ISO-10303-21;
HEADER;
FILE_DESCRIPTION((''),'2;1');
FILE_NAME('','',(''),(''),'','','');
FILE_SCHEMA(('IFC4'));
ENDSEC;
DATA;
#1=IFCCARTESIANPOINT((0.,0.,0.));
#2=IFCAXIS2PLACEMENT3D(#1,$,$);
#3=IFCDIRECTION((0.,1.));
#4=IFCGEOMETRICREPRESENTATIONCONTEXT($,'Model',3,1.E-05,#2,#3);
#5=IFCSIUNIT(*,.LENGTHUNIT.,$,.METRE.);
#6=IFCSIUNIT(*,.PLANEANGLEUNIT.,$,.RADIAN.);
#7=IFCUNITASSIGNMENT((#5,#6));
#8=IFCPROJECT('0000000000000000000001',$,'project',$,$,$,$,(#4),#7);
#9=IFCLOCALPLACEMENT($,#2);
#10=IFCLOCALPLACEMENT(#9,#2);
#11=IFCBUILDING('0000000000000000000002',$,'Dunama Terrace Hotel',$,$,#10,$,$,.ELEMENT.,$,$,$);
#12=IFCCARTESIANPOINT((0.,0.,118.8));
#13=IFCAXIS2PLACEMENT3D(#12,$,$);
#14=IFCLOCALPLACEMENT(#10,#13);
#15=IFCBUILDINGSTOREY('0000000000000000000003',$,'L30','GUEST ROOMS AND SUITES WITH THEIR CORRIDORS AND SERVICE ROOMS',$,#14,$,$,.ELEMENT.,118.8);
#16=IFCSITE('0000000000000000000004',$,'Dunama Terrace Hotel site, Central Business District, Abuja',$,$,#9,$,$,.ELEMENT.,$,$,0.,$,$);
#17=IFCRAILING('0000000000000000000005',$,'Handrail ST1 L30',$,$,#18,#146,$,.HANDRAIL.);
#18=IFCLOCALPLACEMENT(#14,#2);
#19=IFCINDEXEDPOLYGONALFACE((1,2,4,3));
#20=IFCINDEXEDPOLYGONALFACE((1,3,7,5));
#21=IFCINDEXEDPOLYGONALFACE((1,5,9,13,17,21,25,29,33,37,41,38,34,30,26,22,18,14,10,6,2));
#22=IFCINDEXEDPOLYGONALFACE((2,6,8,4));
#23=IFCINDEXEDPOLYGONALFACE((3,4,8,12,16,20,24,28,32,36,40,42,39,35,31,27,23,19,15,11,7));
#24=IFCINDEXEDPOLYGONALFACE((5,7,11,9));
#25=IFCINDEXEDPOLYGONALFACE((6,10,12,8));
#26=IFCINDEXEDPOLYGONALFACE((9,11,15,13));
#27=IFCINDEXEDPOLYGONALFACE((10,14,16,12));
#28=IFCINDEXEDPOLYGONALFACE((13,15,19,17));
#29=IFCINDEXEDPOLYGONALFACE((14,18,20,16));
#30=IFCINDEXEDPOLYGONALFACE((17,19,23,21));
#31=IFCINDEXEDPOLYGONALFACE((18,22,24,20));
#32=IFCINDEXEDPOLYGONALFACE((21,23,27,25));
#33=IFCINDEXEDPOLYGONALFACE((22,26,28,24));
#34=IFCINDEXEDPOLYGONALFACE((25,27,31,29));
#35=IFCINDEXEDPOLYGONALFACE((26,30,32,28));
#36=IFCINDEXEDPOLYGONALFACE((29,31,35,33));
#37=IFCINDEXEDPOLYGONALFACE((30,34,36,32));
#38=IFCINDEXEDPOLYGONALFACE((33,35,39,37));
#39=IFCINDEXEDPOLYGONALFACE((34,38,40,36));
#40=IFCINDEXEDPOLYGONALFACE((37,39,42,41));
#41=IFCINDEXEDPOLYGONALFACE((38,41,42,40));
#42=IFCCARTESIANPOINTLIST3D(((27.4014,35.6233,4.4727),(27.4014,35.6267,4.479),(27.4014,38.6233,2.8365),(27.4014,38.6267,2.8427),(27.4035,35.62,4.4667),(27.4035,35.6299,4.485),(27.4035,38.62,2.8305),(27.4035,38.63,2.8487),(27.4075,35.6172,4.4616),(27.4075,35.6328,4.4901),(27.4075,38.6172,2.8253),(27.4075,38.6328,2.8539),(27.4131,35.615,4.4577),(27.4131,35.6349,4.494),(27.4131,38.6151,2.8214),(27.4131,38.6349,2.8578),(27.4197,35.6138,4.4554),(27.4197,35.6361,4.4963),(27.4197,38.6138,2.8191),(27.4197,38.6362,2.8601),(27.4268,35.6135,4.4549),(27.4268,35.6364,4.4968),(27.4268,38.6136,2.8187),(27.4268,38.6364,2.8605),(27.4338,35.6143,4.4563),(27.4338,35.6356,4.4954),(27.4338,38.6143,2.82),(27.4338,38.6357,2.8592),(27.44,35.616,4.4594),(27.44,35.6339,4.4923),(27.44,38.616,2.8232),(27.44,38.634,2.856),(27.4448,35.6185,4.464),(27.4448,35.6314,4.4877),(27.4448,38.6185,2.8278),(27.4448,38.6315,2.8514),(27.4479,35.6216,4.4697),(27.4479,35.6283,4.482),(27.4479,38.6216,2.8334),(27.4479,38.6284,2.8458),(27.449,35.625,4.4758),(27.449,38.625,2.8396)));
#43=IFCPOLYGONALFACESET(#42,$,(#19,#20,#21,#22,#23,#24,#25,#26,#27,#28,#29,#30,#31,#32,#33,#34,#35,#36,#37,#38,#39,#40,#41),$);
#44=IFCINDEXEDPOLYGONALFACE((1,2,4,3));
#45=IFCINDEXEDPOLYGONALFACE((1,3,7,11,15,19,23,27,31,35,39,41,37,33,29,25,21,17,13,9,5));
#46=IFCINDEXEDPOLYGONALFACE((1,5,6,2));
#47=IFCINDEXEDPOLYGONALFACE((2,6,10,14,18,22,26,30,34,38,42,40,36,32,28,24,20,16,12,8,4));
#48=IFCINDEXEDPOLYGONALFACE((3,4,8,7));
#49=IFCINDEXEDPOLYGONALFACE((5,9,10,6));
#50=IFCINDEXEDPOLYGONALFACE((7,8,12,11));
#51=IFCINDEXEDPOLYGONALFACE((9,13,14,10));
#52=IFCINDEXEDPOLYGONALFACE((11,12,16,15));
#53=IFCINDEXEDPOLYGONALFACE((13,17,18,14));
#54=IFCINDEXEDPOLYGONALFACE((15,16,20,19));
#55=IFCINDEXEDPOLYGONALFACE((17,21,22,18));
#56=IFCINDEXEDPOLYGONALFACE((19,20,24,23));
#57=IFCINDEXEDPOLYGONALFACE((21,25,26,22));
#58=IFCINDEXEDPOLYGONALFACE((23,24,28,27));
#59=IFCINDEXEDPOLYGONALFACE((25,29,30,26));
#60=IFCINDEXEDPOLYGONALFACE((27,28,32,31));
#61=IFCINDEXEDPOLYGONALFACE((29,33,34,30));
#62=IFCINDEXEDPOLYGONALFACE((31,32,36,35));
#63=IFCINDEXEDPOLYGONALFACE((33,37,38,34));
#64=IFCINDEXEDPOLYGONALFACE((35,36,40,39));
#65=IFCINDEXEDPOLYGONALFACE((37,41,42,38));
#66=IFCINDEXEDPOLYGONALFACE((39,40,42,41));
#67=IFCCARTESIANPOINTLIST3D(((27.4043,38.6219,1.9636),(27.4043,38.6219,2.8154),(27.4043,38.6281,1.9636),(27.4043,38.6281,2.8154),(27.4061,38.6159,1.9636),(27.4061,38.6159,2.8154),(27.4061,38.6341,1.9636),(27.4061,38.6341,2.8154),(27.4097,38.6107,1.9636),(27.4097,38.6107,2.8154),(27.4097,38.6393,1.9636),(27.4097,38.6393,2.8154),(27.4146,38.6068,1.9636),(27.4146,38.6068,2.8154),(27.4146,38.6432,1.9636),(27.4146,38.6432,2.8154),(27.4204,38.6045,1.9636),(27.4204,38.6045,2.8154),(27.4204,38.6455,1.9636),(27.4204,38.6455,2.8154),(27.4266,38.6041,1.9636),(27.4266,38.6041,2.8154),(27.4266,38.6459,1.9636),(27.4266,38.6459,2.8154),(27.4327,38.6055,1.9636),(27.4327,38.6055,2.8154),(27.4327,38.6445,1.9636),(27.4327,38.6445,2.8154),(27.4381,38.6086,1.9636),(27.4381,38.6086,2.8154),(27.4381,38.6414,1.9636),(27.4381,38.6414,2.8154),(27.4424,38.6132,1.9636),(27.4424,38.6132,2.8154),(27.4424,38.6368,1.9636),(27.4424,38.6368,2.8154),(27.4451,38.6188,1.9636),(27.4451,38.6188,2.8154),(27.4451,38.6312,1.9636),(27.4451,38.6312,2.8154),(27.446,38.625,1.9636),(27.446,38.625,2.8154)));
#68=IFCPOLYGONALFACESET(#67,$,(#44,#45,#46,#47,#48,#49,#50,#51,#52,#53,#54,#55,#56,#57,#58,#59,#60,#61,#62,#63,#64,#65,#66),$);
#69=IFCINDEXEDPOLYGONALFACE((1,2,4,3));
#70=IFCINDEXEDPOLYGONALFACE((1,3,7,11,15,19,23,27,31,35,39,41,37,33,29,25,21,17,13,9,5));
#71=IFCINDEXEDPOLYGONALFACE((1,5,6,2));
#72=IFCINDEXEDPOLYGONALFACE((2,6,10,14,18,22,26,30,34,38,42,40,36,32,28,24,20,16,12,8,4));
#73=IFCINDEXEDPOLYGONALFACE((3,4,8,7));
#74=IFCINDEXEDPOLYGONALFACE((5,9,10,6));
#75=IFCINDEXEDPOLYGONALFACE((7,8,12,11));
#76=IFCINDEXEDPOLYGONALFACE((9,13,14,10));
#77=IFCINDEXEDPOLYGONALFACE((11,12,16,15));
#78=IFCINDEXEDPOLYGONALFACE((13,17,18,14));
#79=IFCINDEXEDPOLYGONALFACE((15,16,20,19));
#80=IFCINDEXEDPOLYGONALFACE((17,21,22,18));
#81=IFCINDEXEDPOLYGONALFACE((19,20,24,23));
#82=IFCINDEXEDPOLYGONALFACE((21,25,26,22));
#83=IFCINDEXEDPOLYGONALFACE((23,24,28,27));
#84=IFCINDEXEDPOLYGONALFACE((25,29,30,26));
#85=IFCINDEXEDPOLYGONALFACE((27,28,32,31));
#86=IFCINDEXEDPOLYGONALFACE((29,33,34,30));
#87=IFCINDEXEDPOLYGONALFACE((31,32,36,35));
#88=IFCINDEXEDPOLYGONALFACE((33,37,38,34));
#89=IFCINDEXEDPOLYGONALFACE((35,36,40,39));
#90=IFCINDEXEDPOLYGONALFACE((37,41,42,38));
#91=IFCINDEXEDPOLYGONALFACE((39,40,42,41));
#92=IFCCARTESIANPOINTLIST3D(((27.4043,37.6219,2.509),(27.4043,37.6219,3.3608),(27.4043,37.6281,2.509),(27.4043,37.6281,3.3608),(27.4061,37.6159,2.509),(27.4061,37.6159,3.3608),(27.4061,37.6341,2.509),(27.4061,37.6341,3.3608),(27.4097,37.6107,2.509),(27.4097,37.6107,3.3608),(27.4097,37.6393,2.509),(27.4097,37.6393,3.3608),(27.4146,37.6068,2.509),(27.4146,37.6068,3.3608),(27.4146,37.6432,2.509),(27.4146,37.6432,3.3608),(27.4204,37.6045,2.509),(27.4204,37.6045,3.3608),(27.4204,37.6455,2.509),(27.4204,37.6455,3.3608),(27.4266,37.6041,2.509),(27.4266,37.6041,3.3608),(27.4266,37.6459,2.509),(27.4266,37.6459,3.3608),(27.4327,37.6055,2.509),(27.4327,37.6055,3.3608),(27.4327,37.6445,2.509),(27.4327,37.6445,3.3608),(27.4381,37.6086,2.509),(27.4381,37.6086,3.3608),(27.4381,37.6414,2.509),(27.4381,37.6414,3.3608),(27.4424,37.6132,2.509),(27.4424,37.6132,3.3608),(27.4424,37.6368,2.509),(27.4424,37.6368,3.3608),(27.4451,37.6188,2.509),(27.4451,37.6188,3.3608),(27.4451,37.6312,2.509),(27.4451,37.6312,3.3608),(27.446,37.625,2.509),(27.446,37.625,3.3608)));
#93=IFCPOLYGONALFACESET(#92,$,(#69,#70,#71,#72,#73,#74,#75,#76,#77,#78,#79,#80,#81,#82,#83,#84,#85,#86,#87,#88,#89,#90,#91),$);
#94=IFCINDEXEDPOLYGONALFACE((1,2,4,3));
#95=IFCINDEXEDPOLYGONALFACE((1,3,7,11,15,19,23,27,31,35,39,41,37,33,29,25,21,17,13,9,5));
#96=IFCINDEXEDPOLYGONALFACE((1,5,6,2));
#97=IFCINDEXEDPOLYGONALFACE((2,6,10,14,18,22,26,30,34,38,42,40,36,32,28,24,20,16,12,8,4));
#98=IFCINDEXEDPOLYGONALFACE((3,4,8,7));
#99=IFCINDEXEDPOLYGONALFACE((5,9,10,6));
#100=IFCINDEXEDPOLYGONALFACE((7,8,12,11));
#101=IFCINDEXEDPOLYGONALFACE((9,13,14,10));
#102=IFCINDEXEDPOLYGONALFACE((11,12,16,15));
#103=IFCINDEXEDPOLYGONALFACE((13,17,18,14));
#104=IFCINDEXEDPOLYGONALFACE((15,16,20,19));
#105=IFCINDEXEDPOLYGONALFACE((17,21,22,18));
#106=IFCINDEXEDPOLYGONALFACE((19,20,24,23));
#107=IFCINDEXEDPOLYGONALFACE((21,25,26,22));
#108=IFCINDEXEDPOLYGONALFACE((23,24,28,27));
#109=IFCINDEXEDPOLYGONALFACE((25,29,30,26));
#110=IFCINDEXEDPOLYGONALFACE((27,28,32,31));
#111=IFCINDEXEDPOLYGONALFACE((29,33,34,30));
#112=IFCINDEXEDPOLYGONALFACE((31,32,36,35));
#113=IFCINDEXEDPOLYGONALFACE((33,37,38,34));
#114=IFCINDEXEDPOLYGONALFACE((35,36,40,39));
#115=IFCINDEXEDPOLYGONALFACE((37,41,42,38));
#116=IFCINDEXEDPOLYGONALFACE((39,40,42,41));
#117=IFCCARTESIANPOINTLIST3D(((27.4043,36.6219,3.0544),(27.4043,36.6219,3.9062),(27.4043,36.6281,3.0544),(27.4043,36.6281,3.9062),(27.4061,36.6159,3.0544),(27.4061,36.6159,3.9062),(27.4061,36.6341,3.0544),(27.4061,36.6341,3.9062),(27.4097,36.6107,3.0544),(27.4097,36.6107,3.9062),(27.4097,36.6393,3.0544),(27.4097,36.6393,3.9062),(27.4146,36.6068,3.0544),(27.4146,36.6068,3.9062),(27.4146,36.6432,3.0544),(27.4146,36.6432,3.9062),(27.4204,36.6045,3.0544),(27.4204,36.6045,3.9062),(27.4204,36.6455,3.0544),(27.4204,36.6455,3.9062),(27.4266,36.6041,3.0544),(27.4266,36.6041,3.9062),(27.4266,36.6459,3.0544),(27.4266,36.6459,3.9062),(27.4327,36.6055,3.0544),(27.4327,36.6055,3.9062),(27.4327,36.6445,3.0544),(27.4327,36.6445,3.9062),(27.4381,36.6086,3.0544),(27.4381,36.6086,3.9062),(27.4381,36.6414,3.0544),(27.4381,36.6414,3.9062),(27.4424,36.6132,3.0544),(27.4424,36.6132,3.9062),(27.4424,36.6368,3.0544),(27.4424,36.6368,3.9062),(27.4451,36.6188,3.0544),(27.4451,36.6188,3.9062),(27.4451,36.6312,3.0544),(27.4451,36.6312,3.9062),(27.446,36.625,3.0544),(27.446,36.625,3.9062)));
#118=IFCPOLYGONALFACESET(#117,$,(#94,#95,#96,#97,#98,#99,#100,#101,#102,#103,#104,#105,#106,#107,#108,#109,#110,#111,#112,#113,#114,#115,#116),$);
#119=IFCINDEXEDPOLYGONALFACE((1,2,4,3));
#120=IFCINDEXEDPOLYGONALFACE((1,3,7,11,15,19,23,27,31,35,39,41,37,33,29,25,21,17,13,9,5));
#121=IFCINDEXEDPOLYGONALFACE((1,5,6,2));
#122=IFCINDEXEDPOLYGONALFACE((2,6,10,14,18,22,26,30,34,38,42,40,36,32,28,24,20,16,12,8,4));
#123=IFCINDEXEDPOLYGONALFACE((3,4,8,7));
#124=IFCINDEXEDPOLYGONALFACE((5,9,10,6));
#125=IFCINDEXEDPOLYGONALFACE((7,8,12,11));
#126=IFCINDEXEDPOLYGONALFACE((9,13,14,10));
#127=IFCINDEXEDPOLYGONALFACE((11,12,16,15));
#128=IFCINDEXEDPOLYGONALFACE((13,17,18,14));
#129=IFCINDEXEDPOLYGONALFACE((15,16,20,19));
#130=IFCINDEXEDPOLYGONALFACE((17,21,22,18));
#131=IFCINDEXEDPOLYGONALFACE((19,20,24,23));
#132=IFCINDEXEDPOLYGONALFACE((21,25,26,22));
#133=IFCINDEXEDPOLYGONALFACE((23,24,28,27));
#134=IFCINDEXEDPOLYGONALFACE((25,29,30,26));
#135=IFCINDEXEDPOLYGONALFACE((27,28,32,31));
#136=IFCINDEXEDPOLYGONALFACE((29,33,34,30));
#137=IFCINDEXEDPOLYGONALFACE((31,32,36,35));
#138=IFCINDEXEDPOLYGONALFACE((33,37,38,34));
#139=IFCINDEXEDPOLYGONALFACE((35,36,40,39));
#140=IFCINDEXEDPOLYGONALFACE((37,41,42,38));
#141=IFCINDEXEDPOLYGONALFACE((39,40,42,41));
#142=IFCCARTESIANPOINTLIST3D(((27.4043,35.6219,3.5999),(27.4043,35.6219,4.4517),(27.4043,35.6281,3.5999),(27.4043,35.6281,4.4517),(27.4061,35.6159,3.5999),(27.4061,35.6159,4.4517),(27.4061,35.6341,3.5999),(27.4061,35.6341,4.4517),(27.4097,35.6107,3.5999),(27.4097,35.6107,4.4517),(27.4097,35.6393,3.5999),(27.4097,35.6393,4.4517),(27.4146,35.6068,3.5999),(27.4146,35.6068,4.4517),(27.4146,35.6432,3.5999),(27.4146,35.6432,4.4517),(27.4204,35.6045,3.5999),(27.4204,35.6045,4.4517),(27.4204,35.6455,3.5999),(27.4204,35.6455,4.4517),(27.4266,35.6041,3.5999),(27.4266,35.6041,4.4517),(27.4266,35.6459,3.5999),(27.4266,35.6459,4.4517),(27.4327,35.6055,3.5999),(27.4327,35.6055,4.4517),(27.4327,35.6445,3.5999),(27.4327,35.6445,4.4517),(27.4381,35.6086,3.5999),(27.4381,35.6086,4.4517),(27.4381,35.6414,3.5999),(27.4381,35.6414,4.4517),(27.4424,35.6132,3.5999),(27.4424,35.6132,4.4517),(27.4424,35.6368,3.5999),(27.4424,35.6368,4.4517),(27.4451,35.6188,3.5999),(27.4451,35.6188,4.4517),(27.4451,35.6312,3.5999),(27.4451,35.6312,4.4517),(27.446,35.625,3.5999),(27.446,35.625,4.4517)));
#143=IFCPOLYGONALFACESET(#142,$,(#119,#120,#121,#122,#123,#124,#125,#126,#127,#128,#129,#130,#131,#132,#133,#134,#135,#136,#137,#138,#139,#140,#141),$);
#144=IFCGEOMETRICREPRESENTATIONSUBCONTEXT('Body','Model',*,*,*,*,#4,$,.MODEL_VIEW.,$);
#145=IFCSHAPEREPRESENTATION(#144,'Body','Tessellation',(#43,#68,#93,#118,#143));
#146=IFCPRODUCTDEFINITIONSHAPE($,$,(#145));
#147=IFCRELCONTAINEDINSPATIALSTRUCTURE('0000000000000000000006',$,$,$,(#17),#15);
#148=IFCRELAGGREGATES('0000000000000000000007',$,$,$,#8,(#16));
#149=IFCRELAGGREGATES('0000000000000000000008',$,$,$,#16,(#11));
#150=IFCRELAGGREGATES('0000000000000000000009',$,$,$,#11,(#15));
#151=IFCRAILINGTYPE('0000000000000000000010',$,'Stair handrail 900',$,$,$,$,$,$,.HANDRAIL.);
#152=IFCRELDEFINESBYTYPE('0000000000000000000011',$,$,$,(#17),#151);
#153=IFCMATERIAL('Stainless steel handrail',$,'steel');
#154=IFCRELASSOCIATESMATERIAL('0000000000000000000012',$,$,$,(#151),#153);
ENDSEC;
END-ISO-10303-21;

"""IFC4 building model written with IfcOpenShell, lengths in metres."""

from ifc_helpers import new_model, si_unit, direction, frame, origin, origin_2d, place, context, subcontext, project, spatial, circle, extrude, material, type_object, element, save


model = new_model("IFC4")

# Units and contexts
model_context = context("Model", 3, precision=1e-05, world=origin(), true_north=direction((0.0, 1.0)))
body_context = subcontext(model_context, "Body", "Model", "MODEL_VIEW")
ifc_project = project(units=[si_unit("LENGTHUNIT", "METRE"), si_unit("PLANEANGLEUNIT", "RADIAN")], contexts=[model_context])

# Site, building, storey
site_placement = place(None, origin())
site = spatial("IfcSite", under=ifc_project, at=site_placement, Name="Dunama Terrace Hotel site, Central Business District, Abuja", CompositionType="ELEMENT", RefElevation=0.0)
building_placement = place(site_placement, origin())
building = spatial("IfcBuilding", under=site, at=building_placement, Name="Dunama Terrace Hotel", CompositionType="ELEMENT")
storey_placement = place(building_placement, frame((0.0, 0.0, 118.8)))
storey = spatial("IfcBuildingStorey", under=building, at=storey_placement, Name="L30", Description="GUEST ROOMS AND SUITES WITH THEIR CORRIDORS AND SERVICE ROOMS", CompositionType="ELEMENT", Elevation=118.8)

# Railing
ifc_material_1 = material(Name="Stainless steel handrail", Category="steel")
railing_type = type_object("IfcRailingType", Name="Stair handrail 900", PredefinedType="HANDRAIL", material=ifc_material_1)
railing_1_placement = place(storey_placement, frame((27.425, 38.625, 1.9636)))
element("IfcRailing", 1, at=railing_1_placement, inside=storey, type_object=railing_type, Name="Handrail ST1 L30", PredefinedType="HANDRAIL", context=body_context, shape_type="SweptSolid", body=[
    extrude(circle(Radius=0.0239, at=origin_2d()), frame((0.0, 0.0, 0.876), z_axis=(0.0, -0.877912, 0.478822), x_axis=(1.0, 0.0, 0.0)), (0.0, 0.0, 1.0), 3.4172),
    extrude(circle(Radius=0.021, at=origin_2d()), origin(), (0.0, 0.0, 1.0), 0.8518),
    extrude(circle(Radius=0.021, at=origin_2d()), frame((0.0, -1.0, 0.5454)), (0.0, 0.0, 1.0), 0.8518),
    extrude(circle(Radius=0.021, at=origin_2d()), frame((0.0, -2.0, 1.0908)), (0.0, 0.0, 1.0), 0.8518),
    extrude(circle(Radius=0.021, at=origin_2d()), frame((0.0, -3.0, 1.6362)), (0.0, 0.0, 1.0), 0.8518),
])

save(model, "model.ifc")
